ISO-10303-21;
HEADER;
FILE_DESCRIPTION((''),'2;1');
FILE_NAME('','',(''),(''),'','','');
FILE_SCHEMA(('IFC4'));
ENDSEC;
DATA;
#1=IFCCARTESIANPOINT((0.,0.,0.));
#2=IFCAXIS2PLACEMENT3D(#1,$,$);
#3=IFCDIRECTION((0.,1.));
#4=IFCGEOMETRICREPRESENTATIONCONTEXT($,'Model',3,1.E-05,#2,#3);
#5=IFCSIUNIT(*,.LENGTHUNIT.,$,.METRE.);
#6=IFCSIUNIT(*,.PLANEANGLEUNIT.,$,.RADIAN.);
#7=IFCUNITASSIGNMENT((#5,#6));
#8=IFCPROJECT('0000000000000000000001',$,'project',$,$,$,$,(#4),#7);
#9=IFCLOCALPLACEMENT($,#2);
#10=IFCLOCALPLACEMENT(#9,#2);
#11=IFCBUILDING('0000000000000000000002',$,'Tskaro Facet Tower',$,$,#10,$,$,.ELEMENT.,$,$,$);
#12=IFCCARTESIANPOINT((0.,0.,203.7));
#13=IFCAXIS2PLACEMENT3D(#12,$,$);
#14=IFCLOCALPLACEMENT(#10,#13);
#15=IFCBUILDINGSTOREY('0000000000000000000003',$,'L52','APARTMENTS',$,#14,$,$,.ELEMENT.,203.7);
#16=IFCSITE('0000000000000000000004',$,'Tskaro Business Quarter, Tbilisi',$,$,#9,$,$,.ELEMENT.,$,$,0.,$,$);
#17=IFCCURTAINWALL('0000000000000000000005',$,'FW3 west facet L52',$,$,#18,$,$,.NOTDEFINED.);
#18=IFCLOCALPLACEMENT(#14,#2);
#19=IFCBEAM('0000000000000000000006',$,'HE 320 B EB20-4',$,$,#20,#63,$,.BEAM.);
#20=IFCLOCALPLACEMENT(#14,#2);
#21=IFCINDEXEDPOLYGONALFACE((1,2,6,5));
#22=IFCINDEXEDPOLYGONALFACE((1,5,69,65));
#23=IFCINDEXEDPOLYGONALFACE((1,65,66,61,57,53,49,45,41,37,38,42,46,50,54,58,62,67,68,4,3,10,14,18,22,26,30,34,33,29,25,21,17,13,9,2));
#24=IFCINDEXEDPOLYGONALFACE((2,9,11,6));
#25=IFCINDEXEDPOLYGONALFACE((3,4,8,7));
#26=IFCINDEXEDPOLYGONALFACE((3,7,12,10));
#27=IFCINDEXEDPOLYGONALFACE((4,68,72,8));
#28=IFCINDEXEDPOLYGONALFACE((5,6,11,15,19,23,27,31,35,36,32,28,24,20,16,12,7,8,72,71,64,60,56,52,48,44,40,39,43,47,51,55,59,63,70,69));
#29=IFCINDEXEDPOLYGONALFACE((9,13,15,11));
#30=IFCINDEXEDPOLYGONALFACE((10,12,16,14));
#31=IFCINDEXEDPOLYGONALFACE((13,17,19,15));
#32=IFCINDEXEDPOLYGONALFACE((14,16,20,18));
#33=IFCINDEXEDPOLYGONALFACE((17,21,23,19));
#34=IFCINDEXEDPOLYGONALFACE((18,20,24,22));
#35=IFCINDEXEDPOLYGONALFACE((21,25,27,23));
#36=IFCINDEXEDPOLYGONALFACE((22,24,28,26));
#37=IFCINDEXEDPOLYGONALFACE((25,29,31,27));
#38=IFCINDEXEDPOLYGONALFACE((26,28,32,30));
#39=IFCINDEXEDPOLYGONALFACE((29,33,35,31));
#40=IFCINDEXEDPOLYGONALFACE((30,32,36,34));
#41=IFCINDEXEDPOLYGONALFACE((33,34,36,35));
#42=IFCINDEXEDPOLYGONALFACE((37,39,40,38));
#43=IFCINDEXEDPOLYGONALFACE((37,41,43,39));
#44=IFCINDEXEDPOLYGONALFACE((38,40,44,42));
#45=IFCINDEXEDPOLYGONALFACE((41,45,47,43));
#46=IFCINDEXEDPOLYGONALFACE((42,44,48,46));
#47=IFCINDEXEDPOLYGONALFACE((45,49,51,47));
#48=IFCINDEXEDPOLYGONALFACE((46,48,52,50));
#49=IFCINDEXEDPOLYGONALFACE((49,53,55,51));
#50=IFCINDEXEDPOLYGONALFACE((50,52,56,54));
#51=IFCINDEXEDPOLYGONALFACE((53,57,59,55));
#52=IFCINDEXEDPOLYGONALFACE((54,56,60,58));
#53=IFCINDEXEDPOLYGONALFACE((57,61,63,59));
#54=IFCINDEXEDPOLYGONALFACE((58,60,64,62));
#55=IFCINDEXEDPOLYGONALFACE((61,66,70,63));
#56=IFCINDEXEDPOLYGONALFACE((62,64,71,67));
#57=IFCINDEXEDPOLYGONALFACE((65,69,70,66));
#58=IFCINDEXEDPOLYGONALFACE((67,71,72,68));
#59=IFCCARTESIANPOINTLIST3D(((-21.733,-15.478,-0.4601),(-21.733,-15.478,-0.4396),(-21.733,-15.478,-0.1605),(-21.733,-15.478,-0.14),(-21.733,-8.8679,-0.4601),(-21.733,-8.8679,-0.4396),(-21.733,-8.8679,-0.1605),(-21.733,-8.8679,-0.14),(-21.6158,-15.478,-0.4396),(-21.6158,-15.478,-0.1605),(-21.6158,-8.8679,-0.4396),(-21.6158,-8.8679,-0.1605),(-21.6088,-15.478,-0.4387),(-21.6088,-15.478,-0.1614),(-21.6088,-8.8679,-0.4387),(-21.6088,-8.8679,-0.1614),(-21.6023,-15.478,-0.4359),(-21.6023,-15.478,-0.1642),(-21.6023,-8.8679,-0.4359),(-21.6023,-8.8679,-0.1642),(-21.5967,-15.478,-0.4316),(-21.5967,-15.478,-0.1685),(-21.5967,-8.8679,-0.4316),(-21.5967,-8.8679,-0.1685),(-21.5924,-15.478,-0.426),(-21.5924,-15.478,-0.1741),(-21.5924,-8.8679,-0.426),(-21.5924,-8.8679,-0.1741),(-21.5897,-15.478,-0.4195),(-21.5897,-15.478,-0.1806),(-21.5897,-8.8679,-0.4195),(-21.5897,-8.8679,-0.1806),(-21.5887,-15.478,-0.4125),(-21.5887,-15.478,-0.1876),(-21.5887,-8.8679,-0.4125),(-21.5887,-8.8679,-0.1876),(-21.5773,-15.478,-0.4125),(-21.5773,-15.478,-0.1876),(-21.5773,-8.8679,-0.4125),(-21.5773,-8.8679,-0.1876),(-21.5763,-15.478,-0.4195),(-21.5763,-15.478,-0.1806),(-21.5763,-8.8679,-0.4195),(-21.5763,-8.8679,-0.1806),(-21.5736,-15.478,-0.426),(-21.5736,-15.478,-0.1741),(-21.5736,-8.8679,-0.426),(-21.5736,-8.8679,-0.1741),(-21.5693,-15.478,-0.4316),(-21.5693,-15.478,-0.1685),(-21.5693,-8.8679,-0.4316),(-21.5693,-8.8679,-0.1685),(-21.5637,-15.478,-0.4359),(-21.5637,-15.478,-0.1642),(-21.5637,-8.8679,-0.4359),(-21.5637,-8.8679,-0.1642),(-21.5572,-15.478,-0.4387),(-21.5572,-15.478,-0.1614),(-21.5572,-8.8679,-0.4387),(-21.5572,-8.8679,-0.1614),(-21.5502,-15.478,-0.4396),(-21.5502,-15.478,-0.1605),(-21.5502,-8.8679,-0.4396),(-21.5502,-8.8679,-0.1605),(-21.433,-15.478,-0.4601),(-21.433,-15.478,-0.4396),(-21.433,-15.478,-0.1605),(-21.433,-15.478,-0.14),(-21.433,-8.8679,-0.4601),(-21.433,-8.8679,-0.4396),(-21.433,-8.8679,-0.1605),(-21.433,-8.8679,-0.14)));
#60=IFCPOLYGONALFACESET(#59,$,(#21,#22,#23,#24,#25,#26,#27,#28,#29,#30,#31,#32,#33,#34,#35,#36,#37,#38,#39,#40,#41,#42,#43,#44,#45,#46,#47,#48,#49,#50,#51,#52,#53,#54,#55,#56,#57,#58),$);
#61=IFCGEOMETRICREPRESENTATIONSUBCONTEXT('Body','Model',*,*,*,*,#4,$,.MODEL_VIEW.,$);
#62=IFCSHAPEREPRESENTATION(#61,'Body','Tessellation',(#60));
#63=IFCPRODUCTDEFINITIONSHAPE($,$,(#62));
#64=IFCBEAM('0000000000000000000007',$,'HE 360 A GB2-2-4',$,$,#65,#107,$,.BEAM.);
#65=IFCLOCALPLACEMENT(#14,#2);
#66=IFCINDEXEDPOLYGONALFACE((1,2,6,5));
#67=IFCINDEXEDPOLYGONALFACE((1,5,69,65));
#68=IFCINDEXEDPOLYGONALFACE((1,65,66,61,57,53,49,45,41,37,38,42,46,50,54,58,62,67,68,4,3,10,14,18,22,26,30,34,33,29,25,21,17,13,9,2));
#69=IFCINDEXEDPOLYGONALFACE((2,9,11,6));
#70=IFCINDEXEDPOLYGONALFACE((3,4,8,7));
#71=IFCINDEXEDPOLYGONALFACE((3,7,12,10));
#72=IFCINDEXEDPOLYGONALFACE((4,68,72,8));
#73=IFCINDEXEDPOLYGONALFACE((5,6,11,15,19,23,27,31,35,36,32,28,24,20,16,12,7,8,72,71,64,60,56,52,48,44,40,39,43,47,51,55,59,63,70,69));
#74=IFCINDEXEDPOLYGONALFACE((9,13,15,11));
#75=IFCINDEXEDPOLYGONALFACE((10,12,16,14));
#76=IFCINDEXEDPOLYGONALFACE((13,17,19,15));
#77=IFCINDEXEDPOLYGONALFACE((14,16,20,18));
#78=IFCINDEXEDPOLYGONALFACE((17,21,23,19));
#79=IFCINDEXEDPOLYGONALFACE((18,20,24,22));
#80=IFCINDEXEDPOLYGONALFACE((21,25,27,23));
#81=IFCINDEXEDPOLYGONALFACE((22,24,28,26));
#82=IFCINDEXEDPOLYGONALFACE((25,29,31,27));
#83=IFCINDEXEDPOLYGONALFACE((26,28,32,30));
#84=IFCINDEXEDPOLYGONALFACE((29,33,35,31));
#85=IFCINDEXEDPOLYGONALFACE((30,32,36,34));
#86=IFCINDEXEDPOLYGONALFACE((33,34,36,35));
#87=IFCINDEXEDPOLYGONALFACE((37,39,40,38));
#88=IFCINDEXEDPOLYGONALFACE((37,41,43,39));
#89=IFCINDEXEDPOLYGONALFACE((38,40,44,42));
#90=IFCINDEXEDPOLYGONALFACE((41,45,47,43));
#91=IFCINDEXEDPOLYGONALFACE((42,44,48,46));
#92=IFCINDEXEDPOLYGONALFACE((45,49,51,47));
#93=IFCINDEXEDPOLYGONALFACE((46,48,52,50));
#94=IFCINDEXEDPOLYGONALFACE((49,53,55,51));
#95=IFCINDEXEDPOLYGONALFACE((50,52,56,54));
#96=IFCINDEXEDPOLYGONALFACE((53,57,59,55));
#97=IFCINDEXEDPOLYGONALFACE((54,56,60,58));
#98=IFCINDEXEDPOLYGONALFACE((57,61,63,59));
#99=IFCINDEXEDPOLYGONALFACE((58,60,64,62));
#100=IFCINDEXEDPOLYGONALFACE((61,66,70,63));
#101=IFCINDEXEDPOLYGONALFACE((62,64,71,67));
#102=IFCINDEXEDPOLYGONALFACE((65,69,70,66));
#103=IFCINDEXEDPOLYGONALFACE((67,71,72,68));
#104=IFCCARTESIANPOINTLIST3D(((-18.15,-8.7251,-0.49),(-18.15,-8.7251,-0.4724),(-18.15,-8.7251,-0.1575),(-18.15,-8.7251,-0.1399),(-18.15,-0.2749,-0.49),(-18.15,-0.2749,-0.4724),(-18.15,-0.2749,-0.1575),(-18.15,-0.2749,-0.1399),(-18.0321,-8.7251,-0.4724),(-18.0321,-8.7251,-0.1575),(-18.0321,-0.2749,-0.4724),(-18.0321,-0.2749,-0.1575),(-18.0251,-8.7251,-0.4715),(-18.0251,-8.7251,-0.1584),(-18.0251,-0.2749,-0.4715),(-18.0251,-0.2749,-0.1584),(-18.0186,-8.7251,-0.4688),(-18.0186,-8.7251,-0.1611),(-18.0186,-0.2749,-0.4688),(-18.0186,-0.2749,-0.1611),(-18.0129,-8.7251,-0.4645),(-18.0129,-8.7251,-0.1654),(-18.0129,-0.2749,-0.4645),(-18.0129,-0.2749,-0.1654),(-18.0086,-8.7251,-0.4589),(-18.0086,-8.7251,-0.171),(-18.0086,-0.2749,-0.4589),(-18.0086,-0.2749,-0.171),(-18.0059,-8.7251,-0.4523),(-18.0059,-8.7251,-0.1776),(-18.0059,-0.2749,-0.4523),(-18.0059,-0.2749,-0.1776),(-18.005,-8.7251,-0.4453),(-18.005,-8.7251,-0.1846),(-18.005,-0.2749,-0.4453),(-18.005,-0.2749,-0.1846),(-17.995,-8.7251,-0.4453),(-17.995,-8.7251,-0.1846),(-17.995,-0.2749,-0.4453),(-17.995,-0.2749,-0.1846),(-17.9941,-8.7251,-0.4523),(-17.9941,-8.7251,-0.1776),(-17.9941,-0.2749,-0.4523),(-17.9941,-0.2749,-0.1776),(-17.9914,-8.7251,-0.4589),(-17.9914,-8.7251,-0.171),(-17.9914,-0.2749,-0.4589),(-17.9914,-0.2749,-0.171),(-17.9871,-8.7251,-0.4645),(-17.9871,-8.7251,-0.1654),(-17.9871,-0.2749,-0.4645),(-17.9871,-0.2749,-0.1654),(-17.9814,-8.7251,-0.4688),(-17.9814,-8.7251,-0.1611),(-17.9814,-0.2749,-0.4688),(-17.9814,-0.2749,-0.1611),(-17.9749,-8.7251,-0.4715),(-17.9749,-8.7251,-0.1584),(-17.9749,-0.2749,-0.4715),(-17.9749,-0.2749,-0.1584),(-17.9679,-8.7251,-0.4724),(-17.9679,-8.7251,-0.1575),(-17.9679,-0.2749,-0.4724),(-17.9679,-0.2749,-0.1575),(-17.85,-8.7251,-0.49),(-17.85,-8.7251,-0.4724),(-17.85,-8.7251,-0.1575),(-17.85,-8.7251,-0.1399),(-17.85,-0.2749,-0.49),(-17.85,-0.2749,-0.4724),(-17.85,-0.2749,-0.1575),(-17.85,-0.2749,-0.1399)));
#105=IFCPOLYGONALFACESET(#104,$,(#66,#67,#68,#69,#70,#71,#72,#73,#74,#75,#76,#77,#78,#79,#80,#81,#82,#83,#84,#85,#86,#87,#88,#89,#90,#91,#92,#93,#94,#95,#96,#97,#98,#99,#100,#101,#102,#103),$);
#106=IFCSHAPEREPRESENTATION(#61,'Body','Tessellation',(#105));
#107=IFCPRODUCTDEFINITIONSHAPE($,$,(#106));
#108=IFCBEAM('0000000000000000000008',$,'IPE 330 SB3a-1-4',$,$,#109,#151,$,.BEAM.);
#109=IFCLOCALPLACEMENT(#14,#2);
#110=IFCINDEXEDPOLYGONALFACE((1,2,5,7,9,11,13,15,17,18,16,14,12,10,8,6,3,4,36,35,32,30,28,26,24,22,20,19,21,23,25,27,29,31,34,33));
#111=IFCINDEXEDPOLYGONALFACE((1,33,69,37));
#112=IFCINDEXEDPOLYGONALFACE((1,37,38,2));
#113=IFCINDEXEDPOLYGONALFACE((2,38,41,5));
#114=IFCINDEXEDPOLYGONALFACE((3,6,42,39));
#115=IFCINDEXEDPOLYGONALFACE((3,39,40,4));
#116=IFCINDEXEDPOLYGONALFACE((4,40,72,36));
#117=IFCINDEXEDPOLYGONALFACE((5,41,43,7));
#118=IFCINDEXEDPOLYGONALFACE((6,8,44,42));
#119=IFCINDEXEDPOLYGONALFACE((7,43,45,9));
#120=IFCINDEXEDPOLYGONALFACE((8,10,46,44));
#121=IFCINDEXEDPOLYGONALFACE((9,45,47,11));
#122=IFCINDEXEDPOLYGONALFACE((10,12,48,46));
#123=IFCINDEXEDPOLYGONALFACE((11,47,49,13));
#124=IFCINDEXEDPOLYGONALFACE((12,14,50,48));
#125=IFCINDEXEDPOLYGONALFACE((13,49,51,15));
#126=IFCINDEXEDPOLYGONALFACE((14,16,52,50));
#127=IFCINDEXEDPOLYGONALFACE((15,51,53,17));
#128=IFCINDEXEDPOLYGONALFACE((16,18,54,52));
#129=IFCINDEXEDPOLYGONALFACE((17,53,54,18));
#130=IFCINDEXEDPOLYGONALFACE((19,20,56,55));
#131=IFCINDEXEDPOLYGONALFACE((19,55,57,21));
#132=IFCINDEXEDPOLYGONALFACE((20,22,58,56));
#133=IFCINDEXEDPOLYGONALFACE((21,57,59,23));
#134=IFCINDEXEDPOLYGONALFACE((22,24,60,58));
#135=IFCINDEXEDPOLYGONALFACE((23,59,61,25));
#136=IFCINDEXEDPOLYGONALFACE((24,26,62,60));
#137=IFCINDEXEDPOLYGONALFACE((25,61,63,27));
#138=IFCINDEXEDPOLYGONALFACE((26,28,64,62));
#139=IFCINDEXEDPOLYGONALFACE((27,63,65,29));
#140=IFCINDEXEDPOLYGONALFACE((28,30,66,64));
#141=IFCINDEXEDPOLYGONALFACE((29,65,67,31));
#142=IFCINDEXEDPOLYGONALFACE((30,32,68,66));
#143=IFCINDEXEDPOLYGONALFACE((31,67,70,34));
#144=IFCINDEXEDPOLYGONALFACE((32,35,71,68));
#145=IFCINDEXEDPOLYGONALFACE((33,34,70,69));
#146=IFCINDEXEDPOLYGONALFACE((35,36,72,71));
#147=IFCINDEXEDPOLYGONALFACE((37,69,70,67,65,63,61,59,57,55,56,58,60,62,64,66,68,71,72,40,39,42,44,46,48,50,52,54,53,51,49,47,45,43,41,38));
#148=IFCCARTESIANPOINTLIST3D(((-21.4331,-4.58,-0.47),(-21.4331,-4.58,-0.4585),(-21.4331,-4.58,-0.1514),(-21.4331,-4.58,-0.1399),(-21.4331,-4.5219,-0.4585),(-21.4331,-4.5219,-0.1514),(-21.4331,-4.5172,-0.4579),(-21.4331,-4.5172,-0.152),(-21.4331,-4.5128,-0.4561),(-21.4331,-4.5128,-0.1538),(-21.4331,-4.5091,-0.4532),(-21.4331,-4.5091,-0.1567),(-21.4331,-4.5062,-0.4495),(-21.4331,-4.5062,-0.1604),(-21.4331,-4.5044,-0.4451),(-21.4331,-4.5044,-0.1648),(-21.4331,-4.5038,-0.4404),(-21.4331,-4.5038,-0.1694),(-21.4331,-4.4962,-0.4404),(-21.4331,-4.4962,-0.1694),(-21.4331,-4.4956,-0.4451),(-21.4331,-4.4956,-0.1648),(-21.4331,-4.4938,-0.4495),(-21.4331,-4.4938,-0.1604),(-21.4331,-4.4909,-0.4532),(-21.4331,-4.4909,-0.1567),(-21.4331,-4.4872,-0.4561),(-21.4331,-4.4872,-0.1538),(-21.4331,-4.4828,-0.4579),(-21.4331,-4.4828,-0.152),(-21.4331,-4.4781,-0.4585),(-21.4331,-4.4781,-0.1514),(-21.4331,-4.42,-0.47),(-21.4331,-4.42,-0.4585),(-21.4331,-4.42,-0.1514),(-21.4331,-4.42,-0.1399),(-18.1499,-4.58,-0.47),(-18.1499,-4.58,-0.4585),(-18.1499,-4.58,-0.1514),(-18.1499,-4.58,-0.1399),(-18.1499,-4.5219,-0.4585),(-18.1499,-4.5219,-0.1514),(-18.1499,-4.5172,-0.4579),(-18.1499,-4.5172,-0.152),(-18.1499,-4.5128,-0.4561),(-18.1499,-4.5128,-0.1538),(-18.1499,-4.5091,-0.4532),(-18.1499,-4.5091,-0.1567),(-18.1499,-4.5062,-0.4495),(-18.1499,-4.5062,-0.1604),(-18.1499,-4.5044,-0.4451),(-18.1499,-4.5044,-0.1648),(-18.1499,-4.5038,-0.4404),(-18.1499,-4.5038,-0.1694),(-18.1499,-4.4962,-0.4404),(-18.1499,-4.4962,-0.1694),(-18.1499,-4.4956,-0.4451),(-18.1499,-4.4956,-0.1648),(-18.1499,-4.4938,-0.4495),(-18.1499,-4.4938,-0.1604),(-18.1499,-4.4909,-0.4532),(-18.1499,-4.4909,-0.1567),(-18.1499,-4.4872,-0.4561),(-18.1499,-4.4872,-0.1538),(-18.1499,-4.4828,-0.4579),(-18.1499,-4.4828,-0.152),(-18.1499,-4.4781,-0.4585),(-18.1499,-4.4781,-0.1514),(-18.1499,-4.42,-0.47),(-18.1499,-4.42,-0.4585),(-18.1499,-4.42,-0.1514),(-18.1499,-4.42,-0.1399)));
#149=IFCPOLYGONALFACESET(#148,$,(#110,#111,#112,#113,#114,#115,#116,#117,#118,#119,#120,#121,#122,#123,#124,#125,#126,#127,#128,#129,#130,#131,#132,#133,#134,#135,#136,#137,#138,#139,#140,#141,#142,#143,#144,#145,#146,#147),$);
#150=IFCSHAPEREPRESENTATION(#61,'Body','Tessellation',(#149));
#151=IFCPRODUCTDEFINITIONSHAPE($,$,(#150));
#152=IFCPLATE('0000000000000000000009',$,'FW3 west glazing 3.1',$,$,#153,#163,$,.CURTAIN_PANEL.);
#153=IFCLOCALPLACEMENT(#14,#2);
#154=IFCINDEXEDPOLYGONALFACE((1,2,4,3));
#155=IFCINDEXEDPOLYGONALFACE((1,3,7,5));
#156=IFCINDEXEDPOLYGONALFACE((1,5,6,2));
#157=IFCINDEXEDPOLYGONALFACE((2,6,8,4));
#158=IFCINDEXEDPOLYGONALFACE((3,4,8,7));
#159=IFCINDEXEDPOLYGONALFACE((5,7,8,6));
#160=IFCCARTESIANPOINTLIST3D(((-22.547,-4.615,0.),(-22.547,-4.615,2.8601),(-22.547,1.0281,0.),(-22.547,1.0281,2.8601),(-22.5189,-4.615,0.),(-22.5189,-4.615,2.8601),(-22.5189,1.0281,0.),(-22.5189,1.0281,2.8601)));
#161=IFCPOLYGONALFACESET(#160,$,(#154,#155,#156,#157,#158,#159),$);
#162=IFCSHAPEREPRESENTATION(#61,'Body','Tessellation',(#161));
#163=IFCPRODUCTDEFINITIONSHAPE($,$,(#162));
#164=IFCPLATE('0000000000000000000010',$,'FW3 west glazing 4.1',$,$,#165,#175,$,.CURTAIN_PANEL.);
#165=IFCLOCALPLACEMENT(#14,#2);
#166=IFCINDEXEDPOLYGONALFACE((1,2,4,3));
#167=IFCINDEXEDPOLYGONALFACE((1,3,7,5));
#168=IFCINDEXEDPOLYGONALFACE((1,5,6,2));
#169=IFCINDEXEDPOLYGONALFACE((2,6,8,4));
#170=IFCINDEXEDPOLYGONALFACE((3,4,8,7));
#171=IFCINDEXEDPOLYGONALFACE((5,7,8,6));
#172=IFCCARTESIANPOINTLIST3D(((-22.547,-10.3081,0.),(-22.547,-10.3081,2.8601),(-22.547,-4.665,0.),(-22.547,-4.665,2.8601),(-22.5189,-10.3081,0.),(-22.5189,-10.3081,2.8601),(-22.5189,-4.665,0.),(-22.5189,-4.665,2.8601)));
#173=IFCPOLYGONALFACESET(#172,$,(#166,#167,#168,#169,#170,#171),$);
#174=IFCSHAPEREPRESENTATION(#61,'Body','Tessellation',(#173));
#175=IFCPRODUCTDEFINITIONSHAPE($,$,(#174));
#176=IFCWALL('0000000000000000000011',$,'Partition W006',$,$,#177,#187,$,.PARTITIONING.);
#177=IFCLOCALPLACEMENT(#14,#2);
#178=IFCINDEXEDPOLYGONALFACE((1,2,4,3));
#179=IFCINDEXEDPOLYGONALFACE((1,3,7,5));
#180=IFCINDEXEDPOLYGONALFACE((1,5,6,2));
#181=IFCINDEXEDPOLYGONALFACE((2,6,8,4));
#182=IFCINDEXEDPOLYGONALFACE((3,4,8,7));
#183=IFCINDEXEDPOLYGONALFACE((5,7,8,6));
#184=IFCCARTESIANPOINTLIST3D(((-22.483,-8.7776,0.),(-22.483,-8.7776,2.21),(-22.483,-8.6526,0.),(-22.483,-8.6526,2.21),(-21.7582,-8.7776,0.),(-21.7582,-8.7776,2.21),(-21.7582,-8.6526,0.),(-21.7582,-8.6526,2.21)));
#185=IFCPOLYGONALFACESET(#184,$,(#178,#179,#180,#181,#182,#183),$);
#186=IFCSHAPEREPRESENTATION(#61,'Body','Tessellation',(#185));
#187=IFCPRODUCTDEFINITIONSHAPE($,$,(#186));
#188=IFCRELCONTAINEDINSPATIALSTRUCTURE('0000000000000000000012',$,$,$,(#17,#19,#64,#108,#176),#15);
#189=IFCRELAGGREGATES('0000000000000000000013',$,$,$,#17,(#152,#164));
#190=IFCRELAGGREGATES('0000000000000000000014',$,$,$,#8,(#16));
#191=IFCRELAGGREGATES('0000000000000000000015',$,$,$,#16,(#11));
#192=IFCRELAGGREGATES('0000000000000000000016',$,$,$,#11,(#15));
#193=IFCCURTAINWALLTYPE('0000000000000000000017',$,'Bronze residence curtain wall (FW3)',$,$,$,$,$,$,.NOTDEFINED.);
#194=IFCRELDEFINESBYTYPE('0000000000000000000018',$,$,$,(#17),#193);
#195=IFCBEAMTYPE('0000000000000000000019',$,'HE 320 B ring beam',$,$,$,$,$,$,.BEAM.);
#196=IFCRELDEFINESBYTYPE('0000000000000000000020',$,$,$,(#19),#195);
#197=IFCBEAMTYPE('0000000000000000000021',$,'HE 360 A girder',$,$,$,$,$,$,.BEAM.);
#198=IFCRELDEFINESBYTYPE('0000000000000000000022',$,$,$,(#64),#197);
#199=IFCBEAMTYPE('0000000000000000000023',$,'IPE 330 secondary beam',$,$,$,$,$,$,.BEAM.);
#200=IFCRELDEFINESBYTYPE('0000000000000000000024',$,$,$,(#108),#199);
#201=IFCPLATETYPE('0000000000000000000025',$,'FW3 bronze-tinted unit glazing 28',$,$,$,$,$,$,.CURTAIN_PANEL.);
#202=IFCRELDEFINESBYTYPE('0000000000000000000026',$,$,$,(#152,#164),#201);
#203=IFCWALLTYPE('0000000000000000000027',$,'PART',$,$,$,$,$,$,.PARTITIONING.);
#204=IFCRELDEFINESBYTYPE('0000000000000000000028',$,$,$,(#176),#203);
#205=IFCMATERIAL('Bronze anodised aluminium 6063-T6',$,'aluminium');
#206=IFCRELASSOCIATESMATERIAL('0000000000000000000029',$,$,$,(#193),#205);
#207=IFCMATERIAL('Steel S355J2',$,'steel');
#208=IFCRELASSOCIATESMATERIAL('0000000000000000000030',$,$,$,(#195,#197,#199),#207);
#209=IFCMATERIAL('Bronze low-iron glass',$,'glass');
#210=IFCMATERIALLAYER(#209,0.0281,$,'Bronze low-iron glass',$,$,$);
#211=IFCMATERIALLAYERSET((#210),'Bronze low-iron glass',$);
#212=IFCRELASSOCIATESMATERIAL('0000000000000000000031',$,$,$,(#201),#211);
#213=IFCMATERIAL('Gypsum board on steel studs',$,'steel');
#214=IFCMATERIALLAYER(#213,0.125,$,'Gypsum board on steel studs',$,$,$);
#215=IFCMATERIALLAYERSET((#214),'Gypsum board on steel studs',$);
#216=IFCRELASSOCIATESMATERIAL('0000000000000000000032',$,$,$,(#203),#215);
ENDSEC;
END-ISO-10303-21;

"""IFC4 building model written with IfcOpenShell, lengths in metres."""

from ifc_helpers import new_model, si_unit, direction, frame, frame_2d, origin, origin_2d, place, context, subcontext, project, spatial, rectangle, i_section, extrude, material, layer, layer_set, material_profile, profile_set, type_object, element, aggregate, save


model = new_model("IFC4")

# Units and contexts
model_context = context("Model", 3, precision=1e-05, world=origin(), true_north=direction((0.0, 1.0)))
body_context = subcontext(model_context, "Body", "Model", "MODEL_VIEW")
ifc_project = project(units=[si_unit("LENGTHUNIT", "METRE"), si_unit("PLANEANGLEUNIT", "RADIAN")], contexts=[model_context])

# Site, building, storey
site_placement = place(None, origin())
site = spatial("IfcSite", under=ifc_project, at=site_placement, Name="Tskaro Business Quarter, Tbilisi", CompositionType="ELEMENT", RefElevation=0.0)
building_placement = place(site_placement, origin())
building = spatial("IfcBuilding", under=site, at=building_placement, Name="Tskaro Facet Tower", CompositionType="ELEMENT")
storey_placement = place(building_placement, frame((0.0, 0.0, 203.7)))
storey = spatial("IfcBuildingStorey", under=building, at=storey_placement, Name="L52", Description="APARTMENTS", CompositionType="ELEMENT", Elevation=203.7)

# Curtain wall
ifc_material_1 = material(Name="Bronze anodised aluminium 6063-T6", Category="aluminium")
curtain_wall_type = type_object("IfcCurtainWallType", Name="Bronze residence curtain wall (FW3)", PredefinedType="NOTDEFINED", material=ifc_material_1)
curtain_wall_placement = place(storey_placement, origin())
curtain_wall = element("IfcCurtainWall", 1, at=curtain_wall_placement, inside=storey, type_object=curtain_wall_type, Name="FW3 west facet L52", PredefinedType="NOTDEFINED")

# Beams
ifc_material_2 = material(Name="Steel S355J2", Category="steel")
ifc_material_profile_1 = material_profile(ifc_material_2, i_section(OverallWidth=0.3, OverallDepth=0.3201, WebThickness=0.0115, FlangeThickness=0.0205, FilletRadius=0.0271, at=origin_2d()), Name="HE 320 B")
ifc_profile_set_1 = profile_set([ifc_material_profile_1], Name="Steel S355J2")
beam_type_1 = type_object("IfcBeamType", Name="HE 320 B ring beam", PredefinedType="BEAM", material=ifc_profile_set_1)
for number, where, z_axis, x_axis, name in (
    (2, (-21.583, -8.8679, -0.3), (0.0, -1.0, 0.0), (1.0, 0.0, 0.0), "HE 320 B EB20-4"),
):
    element("IfcBeam", number, at=place(storey_placement, frame(where, z_axis=z_axis, x_axis=x_axis)), inside=storey, type_object=beam_type_1, Name=name, PredefinedType="BEAM", context=body_context, shape_type="SweptSolid", body=[
        extrude(i_section(OverallWidth=0.3, OverallDepth=0.3201, WebThickness=0.0115, FlangeThickness=0.0205, FilletRadius=0.0271, at=origin_2d()), origin(), (0.0, 0.0, 1.0), 6.6101),
    ])
ifc_material_profile_2 = material_profile(ifc_material_2, i_section(OverallWidth=0.3, OverallDepth=0.3501, WebThickness=0.01, FlangeThickness=0.0176, FilletRadius=0.0271, at=origin_2d()), Name="HE 360 A")
ifc_profile_set_2 = profile_set([ifc_material_profile_2], Name="Steel S355J2")
beam_type_2 = type_object("IfcBeamType", Name="HE 360 A girder", PredefinedType="BEAM", material=ifc_profile_set_2)
beam_1_placement = place(storey_placement, frame((-18.0, -8.7251, -0.3149), z_axis=(0.0, 1.0, 0.0), x_axis=(-1.0, 0.0, 0.0)))
element("IfcBeam", 3, at=beam_1_placement, inside=storey, type_object=beam_type_2, Name="HE 360 A GB2-2-4", PredefinedType="BEAM", context=body_context, shape_type="SweptSolid", body=[
    extrude(i_section(OverallWidth=0.3, OverallDepth=0.3501, WebThickness=0.01, FlangeThickness=0.0176, FilletRadius=0.0271, at=origin_2d()), origin(), (0.0, 0.0, 1.0), 8.4502),
])
ifc_material_profile_3 = material_profile(ifc_material_2, i_section(OverallWidth=0.1599, OverallDepth=0.3301, WebThickness=0.0076, FlangeThickness=0.0115, FilletRadius=0.0181, at=origin_2d()), Name="IPE 330")
ifc_profile_set_3 = profile_set([ifc_material_profile_3], Name="Steel S355J2")
beam_type_3 = type_object("IfcBeamType", Name="IPE 330 secondary beam", PredefinedType="BEAM", material=ifc_profile_set_3)
beam_2_placement = place(storey_placement, frame((-21.4331, -4.5, -0.3049), z_axis=(1.0, 0.0, 0.0), x_axis=(0.0, 1.0, 0.0)))
element("IfcBeam", 4, at=beam_2_placement, inside=storey, type_object=beam_type_3, Name="IPE 330 SB3a-1-4", PredefinedType="BEAM", context=body_context, shape_type="SweptSolid", body=[
    extrude(i_section(OverallWidth=0.1599, OverallDepth=0.3301, WebThickness=0.0076, FlangeThickness=0.0115, FilletRadius=0.0181, at=origin_2d()), origin(), (0.0, 0.0, 1.0), 3.2832),
])

# Plates
ifc_material_3 = material(Name="Bronze low-iron glass", Category="glass")
ifc_layer_1 = layer(ifc_material_3, 0.0281, Name="Bronze low-iron glass")
ifc_layer_set_1 = layer_set([ifc_layer_1], Name="Bronze low-iron glass")
plate_type = type_object("IfcPlateType", Name="FW3 bronze-tinted unit glazing 28", PredefinedType="CURTAIN_PANEL", material=ifc_layer_set_1)
plate_1_placement = place(storey_placement, frame((-22.533, -1.7935, 0.0), z_axis=(0.0, 0.0, 1.0), x_axis=(0.0, -1.0, 0.0)))
plate_1 = element("IfcPlate", 5, at=plate_1_placement, type_object=plate_type, Name="FW3 west glazing 3.1", PredefinedType="CURTAIN_PANEL", context=body_context, shape_type="SweptSolid", body=[
    extrude(rectangle(XDim=5.6431, YDim=0.0281, at=origin_2d()), origin(), (0.0, 0.0, 1.0), 2.8601),
])
plate_2_placement = place(storey_placement, frame((-22.533, -7.4866, 0.0), z_axis=(0.0, 0.0, 1.0), x_axis=(0.0, -1.0, 0.0)))
plate_2 = element("IfcPlate", 6, at=plate_2_placement, type_object=plate_type, Name="FW3 west glazing 4.1", PredefinedType="CURTAIN_PANEL", context=body_context, shape_type="SweptSolid", body=[
    extrude(rectangle(XDim=5.6431, YDim=0.0281, at=origin_2d()), origin(), (0.0, 0.0, 1.0), 2.8601),
])
aggregate(curtain_wall, [plate_1, plate_2])

# Wall
ifc_material_4 = material(Name="Gypsum board on steel studs", Category="steel")
ifc_layer_2 = layer(ifc_material_4, 0.125, Name="Gypsum board on steel studs")
ifc_layer_set_2 = layer_set([ifc_layer_2], Name="Gypsum board on steel studs")
wall_type_1 = type_object("IfcWallType", Name="PART", PredefinedType="PARTITIONING", material=ifc_layer_set_2)
wall_1_placement = place(storey_placement, frame((-22.4829, -8.7151, 0.0), z_axis=(0.0, 0.0, 1.0), x_axis=(1.0, 0.0, 0.0)))
element("IfcWall", 7, at=wall_1_placement, inside=storey, type_object=wall_type_1, Name="Partition W006", PredefinedType="PARTITIONING", context=body_context, shape_type="SweptSolid", body=[
    extrude(rectangle(XDim=0.7249, YDim=0.125, at=frame_2d((0.3623, 0.0))), origin(), (0.0, 0.0, 1.0), 2.21),
])

save(model, "model.ifc")
